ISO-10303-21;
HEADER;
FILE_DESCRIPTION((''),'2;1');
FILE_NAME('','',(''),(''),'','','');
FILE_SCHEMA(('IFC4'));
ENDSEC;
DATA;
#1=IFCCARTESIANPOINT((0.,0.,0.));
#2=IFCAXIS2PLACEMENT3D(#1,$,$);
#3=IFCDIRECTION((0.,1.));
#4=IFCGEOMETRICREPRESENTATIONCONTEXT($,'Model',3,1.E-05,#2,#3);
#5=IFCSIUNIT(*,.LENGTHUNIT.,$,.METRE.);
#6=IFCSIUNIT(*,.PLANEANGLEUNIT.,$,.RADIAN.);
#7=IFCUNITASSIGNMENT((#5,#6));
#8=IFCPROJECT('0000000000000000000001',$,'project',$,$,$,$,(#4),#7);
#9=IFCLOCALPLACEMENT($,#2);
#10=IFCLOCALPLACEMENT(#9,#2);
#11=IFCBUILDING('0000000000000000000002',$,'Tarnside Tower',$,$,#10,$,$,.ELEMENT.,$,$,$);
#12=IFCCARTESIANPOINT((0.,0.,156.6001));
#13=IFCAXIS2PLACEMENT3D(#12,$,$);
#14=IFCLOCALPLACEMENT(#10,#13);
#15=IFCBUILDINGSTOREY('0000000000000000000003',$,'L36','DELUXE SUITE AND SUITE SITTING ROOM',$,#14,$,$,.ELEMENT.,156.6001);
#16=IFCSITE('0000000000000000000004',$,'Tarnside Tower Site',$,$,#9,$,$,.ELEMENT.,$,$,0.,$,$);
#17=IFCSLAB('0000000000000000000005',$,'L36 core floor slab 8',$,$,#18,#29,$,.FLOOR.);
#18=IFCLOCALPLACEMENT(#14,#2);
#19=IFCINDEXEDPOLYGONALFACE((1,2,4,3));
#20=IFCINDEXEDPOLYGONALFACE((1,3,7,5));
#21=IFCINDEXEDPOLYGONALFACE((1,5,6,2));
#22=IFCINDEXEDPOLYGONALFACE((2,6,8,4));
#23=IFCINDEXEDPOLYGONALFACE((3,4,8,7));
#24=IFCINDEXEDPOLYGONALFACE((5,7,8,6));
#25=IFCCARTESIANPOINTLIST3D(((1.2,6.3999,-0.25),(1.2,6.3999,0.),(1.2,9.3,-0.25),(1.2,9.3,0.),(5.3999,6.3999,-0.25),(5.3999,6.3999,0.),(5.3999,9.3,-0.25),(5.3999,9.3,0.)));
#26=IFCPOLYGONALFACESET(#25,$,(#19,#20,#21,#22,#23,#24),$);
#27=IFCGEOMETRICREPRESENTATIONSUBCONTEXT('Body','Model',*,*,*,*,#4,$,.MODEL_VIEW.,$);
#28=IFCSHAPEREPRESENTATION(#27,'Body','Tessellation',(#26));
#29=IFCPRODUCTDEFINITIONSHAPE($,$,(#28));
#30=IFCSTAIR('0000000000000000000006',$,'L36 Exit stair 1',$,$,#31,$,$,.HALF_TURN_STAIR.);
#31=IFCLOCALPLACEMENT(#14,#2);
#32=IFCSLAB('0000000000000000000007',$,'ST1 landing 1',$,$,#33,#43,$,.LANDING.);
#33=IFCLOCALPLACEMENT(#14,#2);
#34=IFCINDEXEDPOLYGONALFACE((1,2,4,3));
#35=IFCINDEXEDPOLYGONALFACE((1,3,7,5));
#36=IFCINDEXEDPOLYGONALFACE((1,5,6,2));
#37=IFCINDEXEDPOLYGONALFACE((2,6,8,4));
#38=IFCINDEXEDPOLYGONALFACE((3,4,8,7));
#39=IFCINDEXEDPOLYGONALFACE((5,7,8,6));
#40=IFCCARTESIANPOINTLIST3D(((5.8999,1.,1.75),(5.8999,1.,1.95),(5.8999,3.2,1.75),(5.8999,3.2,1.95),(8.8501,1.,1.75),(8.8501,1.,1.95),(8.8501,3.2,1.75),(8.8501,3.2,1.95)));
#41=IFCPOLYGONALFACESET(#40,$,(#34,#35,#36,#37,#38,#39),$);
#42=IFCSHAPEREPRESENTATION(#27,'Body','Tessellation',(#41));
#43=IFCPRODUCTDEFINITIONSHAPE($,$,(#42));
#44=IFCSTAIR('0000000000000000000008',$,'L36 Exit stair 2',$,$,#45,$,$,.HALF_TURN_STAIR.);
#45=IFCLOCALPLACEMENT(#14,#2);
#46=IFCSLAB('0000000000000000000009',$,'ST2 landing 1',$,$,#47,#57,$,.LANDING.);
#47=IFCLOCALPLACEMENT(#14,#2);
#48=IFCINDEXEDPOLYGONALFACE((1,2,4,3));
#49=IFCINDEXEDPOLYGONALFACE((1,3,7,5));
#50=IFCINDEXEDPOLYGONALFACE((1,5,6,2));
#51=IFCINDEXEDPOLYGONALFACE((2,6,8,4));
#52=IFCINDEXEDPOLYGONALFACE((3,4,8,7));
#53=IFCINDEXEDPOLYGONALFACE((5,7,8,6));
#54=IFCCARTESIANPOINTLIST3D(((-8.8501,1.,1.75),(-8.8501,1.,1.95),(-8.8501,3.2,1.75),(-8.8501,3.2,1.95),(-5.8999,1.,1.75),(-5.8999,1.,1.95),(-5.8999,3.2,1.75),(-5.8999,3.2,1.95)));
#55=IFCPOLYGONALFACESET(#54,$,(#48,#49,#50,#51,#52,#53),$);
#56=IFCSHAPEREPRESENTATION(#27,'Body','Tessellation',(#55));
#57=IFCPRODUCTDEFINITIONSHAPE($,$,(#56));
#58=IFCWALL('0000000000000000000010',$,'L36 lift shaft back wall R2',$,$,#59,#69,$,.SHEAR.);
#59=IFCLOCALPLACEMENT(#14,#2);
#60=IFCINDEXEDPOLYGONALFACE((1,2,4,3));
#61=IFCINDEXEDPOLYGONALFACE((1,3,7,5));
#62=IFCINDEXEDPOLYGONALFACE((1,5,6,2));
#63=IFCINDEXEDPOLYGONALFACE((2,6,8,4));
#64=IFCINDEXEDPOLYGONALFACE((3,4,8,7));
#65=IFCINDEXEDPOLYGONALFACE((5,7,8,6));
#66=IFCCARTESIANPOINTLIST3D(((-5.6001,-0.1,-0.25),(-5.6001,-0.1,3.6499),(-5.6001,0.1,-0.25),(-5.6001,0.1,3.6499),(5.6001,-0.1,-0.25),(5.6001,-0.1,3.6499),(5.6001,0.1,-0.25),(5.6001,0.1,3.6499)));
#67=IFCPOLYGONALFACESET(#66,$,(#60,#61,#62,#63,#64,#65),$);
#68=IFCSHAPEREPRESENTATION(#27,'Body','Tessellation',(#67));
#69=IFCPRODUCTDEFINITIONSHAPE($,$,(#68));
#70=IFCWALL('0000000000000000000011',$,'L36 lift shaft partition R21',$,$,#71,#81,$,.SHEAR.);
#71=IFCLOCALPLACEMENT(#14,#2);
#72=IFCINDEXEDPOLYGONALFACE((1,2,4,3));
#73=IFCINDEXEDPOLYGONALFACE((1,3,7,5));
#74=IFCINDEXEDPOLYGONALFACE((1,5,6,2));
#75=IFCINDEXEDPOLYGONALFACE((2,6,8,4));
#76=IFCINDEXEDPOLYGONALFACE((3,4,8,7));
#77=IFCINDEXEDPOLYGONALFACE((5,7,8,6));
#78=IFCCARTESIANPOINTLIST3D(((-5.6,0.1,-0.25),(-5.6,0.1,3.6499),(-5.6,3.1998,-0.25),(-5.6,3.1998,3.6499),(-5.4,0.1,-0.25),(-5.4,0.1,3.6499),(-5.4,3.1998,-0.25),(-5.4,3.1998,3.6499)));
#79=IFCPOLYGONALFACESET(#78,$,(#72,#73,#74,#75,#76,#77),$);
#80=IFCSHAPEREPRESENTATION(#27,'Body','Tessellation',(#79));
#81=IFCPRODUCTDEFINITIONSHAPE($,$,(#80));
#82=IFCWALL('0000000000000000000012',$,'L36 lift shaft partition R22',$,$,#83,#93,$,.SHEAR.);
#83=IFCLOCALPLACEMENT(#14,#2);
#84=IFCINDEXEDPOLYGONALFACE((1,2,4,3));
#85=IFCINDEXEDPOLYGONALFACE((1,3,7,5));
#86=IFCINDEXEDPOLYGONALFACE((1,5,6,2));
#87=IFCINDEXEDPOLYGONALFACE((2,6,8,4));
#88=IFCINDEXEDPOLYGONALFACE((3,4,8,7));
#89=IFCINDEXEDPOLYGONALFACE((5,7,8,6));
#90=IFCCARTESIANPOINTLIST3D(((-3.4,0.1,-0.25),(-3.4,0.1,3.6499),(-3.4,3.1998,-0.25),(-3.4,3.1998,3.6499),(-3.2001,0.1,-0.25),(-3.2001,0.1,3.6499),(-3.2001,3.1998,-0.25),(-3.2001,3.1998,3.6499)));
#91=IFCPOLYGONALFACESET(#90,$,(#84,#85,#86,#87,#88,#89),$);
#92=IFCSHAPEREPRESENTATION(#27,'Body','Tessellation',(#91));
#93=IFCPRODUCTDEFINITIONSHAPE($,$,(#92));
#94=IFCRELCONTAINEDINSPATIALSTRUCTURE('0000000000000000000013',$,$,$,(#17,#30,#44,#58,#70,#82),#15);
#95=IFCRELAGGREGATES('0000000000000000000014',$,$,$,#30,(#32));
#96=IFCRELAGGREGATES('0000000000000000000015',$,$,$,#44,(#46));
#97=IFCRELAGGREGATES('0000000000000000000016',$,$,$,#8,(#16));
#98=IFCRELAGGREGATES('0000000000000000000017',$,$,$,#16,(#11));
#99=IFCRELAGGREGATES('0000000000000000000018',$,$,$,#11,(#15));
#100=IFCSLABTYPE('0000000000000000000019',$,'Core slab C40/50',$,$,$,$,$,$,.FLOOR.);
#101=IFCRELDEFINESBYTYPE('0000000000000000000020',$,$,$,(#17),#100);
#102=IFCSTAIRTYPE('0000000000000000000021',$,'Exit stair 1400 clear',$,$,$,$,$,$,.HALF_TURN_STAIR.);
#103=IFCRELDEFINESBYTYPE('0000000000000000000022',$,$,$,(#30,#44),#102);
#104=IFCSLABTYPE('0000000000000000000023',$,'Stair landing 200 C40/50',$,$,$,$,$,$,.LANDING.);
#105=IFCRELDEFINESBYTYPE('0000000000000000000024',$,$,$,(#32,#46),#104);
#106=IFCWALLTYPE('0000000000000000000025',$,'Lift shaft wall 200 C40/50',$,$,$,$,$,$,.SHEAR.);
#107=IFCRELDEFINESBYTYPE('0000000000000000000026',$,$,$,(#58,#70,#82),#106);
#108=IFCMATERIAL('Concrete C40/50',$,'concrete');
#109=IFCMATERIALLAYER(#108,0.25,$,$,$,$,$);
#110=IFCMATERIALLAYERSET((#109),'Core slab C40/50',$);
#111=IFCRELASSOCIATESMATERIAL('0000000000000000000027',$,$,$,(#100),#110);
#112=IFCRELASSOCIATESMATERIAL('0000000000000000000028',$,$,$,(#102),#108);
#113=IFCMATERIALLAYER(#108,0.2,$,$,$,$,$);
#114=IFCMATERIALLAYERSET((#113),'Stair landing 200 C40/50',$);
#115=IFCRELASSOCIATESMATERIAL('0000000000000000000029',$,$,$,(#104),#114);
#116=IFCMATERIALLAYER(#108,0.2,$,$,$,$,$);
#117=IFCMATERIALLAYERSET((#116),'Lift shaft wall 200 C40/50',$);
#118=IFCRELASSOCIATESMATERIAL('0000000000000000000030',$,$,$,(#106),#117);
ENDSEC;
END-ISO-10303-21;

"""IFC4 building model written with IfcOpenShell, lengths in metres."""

from ifc_helpers import new_model, si_unit, direction, frame, frame_2d, origin, place, context, subcontext, project, spatial, polyline, rectangle, outline, extrude, material, layer, layer_set, type_object, element, aggregate, save


model = new_model("IFC4")

# Units and contexts
model_context = context("Model", 3, precision=1e-05, world=origin(), true_north=direction((0.0, 1.0)))
body_context = subcontext(model_context, "Body", "Model", "MODEL_VIEW")
ifc_project = project(units=[si_unit("LENGTHUNIT", "METRE"), si_unit("PLANEANGLEUNIT", "RADIAN")], contexts=[model_context])

# Site, building, storey
site_placement = place(None, origin())
site = spatial("IfcSite", under=ifc_project, at=site_placement, Name="Tarnside Tower Site", CompositionType="ELEMENT", RefElevation=0.0)
building_placement = place(site_placement, origin())
building = spatial("IfcBuilding", under=site, at=building_placement, Name="Tarnside Tower", CompositionType="ELEMENT")
storey_placement = place(building_placement, frame((0.0, 0.0, 156.6001)))
storey = spatial("IfcBuildingStorey", under=building, at=storey_placement, Name="L36", Description="DELUXE SUITE AND SUITE SITTING ROOM", CompositionType="ELEMENT", Elevation=156.6001)

# Slab
ifc_material_1 = material(Name="Concrete C40/50", Category="concrete")
ifc_layer_1 = layer(ifc_material_1, 0.25)
ifc_layer_set_1 = layer_set([ifc_layer_1], Name="Core slab C40/50")
slab_type_1 = type_object("IfcSlabType", Name="Core slab C40/50", PredefinedType="FLOOR", material=ifc_layer_set_1)
slab_1_placement = place(storey_placement, frame((0.0, 0.0, -0.25)))
element("IfcSlab", 1, at=slab_1_placement, inside=storey, type_object=slab_type_1, Name="L36 core floor slab 8", PredefinedType="FLOOR", context=body_context, shape_type="SweptSolid", body=[
    extrude(outline(polyline([(5.3999, 9.3), (5.3999, 6.3999), (1.2, 6.3999), (1.2, 9.3), (5.3999, 9.3)])), origin(), (0.0, 0.0, 1.0), 0.25),
])

# Stairs, slabs
stair_type = type_object("IfcStairType", Name="Exit stair 1400 clear", PredefinedType="HALF_TURN_STAIR", material=ifc_material_1)
stair_1_placement = place(storey_placement, origin())
stair_1 = element("IfcStair", 2, at=stair_1_placement, inside=storey, type_object=stair_type, Name="L36 Exit stair 1", PredefinedType="HALF_TURN_STAIR")
ifc_layer_2 = layer(ifc_material_1, 0.2)
ifc_layer_set_2 = layer_set([ifc_layer_2], Name="Stair landing 200 C40/50")
slab_type_2 = type_object("IfcSlabType", Name="Stair landing 200 C40/50", PredefinedType="LANDING", material=ifc_layer_set_2)
slab_2_placement = place(storey_placement, frame((0.0, 0.0, 1.75)))
slab_2 = element("IfcSlab", 3, at=slab_2_placement, type_object=slab_type_2, Name="ST1 landing 1", PredefinedType="LANDING", context=body_context, shape_type="SweptSolid", body=[
    extrude(outline(polyline([(8.8501, 1.0), (8.8501, 3.2), (5.8999, 3.2), (5.8999, 1.0), (8.8501, 1.0)])), origin(), (0.0, 0.0, 1.0), 0.2),
])
aggregate(stair_1, [slab_2])
stair_2_placement = place(storey_placement, origin())
stair_2 = element("IfcStair", 4, at=stair_2_placement, inside=storey, type_object=stair_type, Name="L36 Exit stair 2", PredefinedType="HALF_TURN_STAIR")
slab_3_placement = place(storey_placement, frame((0.0, 0.0, 1.75)))
slab_3 = element("IfcSlab", 5, at=slab_3_placement, type_object=slab_type_2, Name="ST2 landing 1", PredefinedType="LANDING", context=body_context, shape_type="SweptSolid", body=[
    extrude(outline(polyline([(-5.8999, 1.0), (-5.8999, 3.2), (-8.8501, 3.2), (-8.8501, 1.0), (-5.8999, 1.0)])), origin(), (0.0, 0.0, 1.0), 0.2),
])
aggregate(stair_2, [slab_3])

# Walls
ifc_layer_3 = layer(ifc_material_1, 0.2)
ifc_layer_set_3 = layer_set([ifc_layer_3], Name="Lift shaft wall 200 C40/50")
wall_type = type_object("IfcWallType", Name="Lift shaft wall 200 C40/50", PredefinedType="SHEAR", material=ifc_layer_set_3)
wall_placement = place(storey_placement, frame((-5.6001, 0.0, -0.25), z_axis=(0.0, 0.0, 1.0), x_axis=(1.0, 0.0, 0.0)))
element("IfcWall", 6, at=wall_placement, inside=storey, type_object=wall_type, Name="L36 lift shaft back wall R2", PredefinedType="SHEAR", context=body_context, shape_type="SweptSolid", body=[
    extrude(rectangle(XDim=11.2002, YDim=0.2, at=frame_2d((5.6001, 0.0))), origin(), (0.0, 0.0, 1.0), 3.8999),
])
for number, where, z_axis, x_axis, name in (
    (7, (-5.5, 0.1001, -0.25), (0.0, 0.0, 1.0), (0.0, 1.0, 0.0), "L36 lift shaft partition R21"),
    (8, (-3.3, 0.1001, -0.25), (0.0, 0.0, 1.0), (0.0, 1.0, 0.0), "L36 lift shaft partition R22"),
):
    element("IfcWall", number, at=place(storey_placement, frame(where, z_axis=z_axis, x_axis=x_axis)), inside=storey, type_object=wall_type, Name=name, PredefinedType="SHEAR", context=body_context, shape_type="SweptSolid", body=[
        extrude(rectangle(XDim=3.0999, YDim=0.2, at=frame_2d((1.5498, 0.0))), origin(), (0.0, 0.0, 1.0), 3.8999),
    ])

save(model, "model.ifc")
